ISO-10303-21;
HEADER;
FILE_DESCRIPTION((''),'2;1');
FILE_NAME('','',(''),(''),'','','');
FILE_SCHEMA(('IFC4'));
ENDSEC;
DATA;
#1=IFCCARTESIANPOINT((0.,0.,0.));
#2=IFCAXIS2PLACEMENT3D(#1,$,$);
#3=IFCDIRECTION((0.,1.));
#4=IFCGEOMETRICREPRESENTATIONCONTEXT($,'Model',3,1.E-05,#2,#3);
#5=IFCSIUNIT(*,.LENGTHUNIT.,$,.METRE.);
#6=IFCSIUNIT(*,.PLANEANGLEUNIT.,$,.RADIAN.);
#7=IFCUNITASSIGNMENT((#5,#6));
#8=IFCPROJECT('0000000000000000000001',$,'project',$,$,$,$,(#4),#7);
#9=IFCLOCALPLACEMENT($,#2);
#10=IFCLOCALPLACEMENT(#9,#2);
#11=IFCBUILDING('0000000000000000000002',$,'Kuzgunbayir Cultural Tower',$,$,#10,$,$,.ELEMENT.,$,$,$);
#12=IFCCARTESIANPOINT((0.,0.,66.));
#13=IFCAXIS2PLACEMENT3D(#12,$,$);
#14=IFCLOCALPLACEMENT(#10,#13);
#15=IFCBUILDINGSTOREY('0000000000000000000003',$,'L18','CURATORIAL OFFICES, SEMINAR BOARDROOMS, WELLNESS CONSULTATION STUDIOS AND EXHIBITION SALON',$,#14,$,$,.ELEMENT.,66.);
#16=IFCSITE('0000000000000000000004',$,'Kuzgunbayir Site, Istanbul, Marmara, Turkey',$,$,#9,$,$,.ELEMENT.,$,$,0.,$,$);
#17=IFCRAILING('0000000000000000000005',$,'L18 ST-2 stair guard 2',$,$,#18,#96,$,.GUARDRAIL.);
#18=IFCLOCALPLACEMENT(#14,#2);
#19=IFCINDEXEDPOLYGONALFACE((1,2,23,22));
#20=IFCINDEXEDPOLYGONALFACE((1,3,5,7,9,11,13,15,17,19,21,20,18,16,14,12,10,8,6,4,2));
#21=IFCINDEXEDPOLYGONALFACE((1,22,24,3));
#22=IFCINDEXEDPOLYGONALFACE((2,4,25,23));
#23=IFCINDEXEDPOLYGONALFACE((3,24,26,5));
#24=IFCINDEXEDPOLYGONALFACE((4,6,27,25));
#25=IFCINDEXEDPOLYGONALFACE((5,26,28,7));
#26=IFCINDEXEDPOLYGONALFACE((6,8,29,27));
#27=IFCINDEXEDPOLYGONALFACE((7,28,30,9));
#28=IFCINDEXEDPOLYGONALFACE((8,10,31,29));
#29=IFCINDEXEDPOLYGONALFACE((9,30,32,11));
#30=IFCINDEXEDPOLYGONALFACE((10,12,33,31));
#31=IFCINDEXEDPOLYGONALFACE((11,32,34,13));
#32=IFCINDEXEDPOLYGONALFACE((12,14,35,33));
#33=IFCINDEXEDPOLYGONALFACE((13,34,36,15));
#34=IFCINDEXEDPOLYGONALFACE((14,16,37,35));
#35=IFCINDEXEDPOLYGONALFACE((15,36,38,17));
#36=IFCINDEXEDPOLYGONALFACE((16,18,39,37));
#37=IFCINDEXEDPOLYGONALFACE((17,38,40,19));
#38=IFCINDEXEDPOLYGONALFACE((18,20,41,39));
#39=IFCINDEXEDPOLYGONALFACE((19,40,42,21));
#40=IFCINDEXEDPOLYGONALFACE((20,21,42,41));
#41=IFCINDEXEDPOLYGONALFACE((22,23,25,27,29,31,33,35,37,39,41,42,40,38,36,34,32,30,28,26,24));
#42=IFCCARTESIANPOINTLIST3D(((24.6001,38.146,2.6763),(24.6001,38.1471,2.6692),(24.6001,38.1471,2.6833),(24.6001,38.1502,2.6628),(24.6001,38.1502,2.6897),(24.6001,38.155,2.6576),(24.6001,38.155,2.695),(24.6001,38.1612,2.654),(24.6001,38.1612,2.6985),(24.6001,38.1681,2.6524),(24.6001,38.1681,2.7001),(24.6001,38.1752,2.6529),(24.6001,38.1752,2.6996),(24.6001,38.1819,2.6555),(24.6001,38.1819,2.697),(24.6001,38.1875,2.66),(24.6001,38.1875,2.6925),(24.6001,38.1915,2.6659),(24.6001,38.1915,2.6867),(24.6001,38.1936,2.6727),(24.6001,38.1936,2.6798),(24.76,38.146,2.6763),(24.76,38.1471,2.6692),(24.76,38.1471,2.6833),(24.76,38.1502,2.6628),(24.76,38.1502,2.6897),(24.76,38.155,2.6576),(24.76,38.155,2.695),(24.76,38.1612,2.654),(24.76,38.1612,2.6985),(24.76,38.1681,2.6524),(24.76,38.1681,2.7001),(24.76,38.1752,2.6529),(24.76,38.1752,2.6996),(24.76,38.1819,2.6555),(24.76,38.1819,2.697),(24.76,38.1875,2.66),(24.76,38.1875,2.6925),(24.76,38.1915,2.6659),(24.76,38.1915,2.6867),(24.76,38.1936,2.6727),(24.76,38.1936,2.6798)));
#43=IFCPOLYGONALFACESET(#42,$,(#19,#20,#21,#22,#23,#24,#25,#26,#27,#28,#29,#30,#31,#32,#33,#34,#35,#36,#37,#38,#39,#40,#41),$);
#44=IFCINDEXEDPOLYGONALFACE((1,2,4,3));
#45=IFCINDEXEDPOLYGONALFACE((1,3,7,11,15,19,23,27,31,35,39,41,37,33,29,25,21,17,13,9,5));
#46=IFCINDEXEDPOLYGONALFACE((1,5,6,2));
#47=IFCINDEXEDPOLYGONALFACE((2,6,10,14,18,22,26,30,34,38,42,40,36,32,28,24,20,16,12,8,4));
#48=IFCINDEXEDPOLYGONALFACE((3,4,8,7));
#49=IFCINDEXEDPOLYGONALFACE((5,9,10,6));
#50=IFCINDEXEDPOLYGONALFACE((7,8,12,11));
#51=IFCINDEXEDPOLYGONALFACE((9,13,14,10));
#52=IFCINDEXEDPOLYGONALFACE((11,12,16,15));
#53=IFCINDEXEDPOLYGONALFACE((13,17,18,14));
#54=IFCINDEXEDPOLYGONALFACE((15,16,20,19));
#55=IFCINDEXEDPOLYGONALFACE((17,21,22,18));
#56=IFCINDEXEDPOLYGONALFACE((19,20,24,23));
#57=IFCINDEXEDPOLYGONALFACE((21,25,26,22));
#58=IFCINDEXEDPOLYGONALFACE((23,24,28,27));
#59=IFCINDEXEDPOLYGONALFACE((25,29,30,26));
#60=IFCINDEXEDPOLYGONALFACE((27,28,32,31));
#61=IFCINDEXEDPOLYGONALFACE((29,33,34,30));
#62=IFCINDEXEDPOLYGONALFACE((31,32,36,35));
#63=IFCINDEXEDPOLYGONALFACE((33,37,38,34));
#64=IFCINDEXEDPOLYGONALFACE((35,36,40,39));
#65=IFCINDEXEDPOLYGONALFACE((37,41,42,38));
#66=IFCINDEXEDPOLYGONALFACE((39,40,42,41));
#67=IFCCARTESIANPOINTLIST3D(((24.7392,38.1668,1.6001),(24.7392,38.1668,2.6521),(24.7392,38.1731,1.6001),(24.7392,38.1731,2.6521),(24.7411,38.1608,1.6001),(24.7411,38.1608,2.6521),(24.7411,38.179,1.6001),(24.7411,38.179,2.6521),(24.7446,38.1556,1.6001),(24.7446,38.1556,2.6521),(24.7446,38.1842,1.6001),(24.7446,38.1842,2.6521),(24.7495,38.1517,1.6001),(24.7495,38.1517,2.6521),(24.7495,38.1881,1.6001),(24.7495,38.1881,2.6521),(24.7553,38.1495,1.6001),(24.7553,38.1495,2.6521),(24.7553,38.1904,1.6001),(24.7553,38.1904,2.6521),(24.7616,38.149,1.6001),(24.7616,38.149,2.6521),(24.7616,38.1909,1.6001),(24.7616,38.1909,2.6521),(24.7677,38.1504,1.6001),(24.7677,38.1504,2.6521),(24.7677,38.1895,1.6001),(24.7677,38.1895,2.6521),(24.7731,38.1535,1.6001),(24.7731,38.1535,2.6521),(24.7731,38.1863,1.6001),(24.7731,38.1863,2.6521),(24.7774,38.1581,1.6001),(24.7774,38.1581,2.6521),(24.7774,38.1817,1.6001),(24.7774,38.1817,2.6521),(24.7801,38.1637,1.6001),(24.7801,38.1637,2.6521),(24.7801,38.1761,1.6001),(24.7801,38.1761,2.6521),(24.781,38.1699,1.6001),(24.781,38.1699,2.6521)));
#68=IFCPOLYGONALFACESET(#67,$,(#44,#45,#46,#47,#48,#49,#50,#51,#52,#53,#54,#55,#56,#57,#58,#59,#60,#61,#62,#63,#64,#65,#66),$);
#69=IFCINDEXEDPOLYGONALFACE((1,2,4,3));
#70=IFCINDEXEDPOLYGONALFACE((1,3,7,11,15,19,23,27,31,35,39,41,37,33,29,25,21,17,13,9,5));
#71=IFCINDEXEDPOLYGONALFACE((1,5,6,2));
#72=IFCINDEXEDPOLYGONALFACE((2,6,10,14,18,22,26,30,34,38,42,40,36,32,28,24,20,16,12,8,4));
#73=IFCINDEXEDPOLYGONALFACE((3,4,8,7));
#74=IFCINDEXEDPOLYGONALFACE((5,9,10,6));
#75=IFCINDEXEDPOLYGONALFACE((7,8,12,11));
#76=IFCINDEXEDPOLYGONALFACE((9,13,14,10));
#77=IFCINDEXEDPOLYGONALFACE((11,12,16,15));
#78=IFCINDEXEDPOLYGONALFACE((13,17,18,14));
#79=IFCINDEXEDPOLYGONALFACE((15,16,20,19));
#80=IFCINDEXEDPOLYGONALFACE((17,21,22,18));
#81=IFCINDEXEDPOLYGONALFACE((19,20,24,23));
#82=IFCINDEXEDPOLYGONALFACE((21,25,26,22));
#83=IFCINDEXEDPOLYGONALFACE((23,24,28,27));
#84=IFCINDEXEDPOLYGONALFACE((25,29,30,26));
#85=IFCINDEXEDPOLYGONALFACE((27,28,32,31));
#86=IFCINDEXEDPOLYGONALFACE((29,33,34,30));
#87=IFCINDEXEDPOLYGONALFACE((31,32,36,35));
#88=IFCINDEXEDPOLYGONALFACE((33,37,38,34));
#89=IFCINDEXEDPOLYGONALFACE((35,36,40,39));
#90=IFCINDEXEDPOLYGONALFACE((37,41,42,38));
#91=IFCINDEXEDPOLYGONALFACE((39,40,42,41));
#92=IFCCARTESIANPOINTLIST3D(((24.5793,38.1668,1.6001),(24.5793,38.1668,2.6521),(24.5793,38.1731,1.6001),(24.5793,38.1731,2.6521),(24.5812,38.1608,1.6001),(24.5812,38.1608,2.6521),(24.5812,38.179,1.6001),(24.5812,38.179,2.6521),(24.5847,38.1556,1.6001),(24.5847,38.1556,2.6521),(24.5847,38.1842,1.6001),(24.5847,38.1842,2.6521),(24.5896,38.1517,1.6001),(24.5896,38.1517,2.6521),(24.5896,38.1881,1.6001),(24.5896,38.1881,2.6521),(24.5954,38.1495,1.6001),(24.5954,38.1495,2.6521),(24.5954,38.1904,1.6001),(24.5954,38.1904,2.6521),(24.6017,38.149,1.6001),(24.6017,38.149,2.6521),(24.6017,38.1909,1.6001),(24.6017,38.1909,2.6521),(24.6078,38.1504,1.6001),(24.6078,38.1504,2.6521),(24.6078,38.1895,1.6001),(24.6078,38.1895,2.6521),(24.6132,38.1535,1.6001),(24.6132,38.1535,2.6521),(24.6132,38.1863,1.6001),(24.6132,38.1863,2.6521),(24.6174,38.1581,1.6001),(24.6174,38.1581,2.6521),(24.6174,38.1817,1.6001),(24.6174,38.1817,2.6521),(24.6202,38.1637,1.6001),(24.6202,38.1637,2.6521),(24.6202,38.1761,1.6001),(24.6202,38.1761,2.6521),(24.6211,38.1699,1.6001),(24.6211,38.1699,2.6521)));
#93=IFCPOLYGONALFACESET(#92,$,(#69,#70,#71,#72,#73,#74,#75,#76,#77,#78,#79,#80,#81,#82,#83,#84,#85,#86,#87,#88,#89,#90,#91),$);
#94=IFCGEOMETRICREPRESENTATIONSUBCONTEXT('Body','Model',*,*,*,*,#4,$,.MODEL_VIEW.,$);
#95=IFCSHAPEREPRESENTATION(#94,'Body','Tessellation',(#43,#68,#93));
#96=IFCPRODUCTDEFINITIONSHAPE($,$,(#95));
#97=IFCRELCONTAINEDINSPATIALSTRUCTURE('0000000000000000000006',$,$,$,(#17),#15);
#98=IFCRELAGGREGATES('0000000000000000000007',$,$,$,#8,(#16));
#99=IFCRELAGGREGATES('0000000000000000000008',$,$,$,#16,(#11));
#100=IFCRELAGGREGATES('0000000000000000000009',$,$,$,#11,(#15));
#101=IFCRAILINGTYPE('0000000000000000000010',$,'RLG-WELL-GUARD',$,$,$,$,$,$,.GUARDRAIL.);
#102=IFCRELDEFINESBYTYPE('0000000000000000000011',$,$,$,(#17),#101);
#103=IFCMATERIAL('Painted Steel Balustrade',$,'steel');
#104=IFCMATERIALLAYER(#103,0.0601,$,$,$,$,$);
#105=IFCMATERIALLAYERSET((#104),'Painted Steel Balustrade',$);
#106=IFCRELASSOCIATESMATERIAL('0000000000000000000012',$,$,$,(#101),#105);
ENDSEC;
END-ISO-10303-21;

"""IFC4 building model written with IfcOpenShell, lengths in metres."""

from ifc_helpers import new_model, si_unit, direction, frame, origin, origin_2d, place, context, subcontext, project, spatial, circle, extrude, material, layer, layer_set, type_object, element, save


model = new_model("IFC4")

# Units and contexts
model_context = context("Model", 3, precision=1e-05, world=origin(), true_north=direction((0.0, 1.0)))
body_context = subcontext(model_context, "Body", "Model", "MODEL_VIEW")
ifc_project = project(units=[si_unit("LENGTHUNIT", "METRE"), si_unit("PLANEANGLEUNIT", "RADIAN")], contexts=[model_context])

# Site, building, storey
site_placement = place(None, origin())
site = spatial("IfcSite", under=ifc_project, at=site_placement, Name="Kuzgunbayir Site, Istanbul, Marmara, Turkey", CompositionType="ELEMENT", RefElevation=0.0)
building_placement = place(site_placement, origin())
building = spatial("IfcBuilding", under=site, at=building_placement, Name="Kuzgunbayir Cultural Tower", CompositionType="ELEMENT")
storey_placement = place(building_placement, frame((0.0, 0.0, 66.0)))
storey = spatial("IfcBuildingStorey", under=building, at=storey_placement, Name="L18", Description="CURATORIAL OFFICES, SEMINAR BOARDROOMS, WELLNESS CONSULTATION STUDIOS AND EXHIBITION SALON", CompositionType="ELEMENT", Elevation=66.0)

# Railing
ifc_material_1 = material(Name="Painted Steel Balustrade", Category="steel")
ifc_layer_1 = layer(ifc_material_1, 0.0601)
ifc_layer_set_1 = layer_set([ifc_layer_1], Name="Painted Steel Balustrade")
railing_type_1 = type_object("IfcRailingType", Name="RLG-WELL-GUARD", PredefinedType="GUARDRAIL", material=ifc_layer_set_1)
railing_1_placement = place(storey_placement, frame((24.76, 38.1699, 1.6001)))
element("IfcRailing", 1, at=railing_1_placement, inside=storey, type_object=railing_type_1, Name="L18 ST-2 stair guard 2", PredefinedType="GUARDRAIL", context=body_context, shape_type="SweptSolid", body=[
    extrude(circle(Radius=0.0239, at=origin_2d()), frame((0.0, 0.0, 1.0762), z_axis=(-1.0, 0.0, 0.0), x_axis=(0.0, -1.0, 0.0)), (0.0, 0.0, 1.0), 0.1599),
    extrude(circle(Radius=0.021, at=origin_2d()), origin(), (0.0, 0.0, 1.0), 1.052),
    extrude(circle(Radius=0.021, at=origin_2d()), frame((-0.1599, 0.0, 0.0)), (0.0, 0.0, 1.0), 1.052),
])

save(model, "model.ifc")
